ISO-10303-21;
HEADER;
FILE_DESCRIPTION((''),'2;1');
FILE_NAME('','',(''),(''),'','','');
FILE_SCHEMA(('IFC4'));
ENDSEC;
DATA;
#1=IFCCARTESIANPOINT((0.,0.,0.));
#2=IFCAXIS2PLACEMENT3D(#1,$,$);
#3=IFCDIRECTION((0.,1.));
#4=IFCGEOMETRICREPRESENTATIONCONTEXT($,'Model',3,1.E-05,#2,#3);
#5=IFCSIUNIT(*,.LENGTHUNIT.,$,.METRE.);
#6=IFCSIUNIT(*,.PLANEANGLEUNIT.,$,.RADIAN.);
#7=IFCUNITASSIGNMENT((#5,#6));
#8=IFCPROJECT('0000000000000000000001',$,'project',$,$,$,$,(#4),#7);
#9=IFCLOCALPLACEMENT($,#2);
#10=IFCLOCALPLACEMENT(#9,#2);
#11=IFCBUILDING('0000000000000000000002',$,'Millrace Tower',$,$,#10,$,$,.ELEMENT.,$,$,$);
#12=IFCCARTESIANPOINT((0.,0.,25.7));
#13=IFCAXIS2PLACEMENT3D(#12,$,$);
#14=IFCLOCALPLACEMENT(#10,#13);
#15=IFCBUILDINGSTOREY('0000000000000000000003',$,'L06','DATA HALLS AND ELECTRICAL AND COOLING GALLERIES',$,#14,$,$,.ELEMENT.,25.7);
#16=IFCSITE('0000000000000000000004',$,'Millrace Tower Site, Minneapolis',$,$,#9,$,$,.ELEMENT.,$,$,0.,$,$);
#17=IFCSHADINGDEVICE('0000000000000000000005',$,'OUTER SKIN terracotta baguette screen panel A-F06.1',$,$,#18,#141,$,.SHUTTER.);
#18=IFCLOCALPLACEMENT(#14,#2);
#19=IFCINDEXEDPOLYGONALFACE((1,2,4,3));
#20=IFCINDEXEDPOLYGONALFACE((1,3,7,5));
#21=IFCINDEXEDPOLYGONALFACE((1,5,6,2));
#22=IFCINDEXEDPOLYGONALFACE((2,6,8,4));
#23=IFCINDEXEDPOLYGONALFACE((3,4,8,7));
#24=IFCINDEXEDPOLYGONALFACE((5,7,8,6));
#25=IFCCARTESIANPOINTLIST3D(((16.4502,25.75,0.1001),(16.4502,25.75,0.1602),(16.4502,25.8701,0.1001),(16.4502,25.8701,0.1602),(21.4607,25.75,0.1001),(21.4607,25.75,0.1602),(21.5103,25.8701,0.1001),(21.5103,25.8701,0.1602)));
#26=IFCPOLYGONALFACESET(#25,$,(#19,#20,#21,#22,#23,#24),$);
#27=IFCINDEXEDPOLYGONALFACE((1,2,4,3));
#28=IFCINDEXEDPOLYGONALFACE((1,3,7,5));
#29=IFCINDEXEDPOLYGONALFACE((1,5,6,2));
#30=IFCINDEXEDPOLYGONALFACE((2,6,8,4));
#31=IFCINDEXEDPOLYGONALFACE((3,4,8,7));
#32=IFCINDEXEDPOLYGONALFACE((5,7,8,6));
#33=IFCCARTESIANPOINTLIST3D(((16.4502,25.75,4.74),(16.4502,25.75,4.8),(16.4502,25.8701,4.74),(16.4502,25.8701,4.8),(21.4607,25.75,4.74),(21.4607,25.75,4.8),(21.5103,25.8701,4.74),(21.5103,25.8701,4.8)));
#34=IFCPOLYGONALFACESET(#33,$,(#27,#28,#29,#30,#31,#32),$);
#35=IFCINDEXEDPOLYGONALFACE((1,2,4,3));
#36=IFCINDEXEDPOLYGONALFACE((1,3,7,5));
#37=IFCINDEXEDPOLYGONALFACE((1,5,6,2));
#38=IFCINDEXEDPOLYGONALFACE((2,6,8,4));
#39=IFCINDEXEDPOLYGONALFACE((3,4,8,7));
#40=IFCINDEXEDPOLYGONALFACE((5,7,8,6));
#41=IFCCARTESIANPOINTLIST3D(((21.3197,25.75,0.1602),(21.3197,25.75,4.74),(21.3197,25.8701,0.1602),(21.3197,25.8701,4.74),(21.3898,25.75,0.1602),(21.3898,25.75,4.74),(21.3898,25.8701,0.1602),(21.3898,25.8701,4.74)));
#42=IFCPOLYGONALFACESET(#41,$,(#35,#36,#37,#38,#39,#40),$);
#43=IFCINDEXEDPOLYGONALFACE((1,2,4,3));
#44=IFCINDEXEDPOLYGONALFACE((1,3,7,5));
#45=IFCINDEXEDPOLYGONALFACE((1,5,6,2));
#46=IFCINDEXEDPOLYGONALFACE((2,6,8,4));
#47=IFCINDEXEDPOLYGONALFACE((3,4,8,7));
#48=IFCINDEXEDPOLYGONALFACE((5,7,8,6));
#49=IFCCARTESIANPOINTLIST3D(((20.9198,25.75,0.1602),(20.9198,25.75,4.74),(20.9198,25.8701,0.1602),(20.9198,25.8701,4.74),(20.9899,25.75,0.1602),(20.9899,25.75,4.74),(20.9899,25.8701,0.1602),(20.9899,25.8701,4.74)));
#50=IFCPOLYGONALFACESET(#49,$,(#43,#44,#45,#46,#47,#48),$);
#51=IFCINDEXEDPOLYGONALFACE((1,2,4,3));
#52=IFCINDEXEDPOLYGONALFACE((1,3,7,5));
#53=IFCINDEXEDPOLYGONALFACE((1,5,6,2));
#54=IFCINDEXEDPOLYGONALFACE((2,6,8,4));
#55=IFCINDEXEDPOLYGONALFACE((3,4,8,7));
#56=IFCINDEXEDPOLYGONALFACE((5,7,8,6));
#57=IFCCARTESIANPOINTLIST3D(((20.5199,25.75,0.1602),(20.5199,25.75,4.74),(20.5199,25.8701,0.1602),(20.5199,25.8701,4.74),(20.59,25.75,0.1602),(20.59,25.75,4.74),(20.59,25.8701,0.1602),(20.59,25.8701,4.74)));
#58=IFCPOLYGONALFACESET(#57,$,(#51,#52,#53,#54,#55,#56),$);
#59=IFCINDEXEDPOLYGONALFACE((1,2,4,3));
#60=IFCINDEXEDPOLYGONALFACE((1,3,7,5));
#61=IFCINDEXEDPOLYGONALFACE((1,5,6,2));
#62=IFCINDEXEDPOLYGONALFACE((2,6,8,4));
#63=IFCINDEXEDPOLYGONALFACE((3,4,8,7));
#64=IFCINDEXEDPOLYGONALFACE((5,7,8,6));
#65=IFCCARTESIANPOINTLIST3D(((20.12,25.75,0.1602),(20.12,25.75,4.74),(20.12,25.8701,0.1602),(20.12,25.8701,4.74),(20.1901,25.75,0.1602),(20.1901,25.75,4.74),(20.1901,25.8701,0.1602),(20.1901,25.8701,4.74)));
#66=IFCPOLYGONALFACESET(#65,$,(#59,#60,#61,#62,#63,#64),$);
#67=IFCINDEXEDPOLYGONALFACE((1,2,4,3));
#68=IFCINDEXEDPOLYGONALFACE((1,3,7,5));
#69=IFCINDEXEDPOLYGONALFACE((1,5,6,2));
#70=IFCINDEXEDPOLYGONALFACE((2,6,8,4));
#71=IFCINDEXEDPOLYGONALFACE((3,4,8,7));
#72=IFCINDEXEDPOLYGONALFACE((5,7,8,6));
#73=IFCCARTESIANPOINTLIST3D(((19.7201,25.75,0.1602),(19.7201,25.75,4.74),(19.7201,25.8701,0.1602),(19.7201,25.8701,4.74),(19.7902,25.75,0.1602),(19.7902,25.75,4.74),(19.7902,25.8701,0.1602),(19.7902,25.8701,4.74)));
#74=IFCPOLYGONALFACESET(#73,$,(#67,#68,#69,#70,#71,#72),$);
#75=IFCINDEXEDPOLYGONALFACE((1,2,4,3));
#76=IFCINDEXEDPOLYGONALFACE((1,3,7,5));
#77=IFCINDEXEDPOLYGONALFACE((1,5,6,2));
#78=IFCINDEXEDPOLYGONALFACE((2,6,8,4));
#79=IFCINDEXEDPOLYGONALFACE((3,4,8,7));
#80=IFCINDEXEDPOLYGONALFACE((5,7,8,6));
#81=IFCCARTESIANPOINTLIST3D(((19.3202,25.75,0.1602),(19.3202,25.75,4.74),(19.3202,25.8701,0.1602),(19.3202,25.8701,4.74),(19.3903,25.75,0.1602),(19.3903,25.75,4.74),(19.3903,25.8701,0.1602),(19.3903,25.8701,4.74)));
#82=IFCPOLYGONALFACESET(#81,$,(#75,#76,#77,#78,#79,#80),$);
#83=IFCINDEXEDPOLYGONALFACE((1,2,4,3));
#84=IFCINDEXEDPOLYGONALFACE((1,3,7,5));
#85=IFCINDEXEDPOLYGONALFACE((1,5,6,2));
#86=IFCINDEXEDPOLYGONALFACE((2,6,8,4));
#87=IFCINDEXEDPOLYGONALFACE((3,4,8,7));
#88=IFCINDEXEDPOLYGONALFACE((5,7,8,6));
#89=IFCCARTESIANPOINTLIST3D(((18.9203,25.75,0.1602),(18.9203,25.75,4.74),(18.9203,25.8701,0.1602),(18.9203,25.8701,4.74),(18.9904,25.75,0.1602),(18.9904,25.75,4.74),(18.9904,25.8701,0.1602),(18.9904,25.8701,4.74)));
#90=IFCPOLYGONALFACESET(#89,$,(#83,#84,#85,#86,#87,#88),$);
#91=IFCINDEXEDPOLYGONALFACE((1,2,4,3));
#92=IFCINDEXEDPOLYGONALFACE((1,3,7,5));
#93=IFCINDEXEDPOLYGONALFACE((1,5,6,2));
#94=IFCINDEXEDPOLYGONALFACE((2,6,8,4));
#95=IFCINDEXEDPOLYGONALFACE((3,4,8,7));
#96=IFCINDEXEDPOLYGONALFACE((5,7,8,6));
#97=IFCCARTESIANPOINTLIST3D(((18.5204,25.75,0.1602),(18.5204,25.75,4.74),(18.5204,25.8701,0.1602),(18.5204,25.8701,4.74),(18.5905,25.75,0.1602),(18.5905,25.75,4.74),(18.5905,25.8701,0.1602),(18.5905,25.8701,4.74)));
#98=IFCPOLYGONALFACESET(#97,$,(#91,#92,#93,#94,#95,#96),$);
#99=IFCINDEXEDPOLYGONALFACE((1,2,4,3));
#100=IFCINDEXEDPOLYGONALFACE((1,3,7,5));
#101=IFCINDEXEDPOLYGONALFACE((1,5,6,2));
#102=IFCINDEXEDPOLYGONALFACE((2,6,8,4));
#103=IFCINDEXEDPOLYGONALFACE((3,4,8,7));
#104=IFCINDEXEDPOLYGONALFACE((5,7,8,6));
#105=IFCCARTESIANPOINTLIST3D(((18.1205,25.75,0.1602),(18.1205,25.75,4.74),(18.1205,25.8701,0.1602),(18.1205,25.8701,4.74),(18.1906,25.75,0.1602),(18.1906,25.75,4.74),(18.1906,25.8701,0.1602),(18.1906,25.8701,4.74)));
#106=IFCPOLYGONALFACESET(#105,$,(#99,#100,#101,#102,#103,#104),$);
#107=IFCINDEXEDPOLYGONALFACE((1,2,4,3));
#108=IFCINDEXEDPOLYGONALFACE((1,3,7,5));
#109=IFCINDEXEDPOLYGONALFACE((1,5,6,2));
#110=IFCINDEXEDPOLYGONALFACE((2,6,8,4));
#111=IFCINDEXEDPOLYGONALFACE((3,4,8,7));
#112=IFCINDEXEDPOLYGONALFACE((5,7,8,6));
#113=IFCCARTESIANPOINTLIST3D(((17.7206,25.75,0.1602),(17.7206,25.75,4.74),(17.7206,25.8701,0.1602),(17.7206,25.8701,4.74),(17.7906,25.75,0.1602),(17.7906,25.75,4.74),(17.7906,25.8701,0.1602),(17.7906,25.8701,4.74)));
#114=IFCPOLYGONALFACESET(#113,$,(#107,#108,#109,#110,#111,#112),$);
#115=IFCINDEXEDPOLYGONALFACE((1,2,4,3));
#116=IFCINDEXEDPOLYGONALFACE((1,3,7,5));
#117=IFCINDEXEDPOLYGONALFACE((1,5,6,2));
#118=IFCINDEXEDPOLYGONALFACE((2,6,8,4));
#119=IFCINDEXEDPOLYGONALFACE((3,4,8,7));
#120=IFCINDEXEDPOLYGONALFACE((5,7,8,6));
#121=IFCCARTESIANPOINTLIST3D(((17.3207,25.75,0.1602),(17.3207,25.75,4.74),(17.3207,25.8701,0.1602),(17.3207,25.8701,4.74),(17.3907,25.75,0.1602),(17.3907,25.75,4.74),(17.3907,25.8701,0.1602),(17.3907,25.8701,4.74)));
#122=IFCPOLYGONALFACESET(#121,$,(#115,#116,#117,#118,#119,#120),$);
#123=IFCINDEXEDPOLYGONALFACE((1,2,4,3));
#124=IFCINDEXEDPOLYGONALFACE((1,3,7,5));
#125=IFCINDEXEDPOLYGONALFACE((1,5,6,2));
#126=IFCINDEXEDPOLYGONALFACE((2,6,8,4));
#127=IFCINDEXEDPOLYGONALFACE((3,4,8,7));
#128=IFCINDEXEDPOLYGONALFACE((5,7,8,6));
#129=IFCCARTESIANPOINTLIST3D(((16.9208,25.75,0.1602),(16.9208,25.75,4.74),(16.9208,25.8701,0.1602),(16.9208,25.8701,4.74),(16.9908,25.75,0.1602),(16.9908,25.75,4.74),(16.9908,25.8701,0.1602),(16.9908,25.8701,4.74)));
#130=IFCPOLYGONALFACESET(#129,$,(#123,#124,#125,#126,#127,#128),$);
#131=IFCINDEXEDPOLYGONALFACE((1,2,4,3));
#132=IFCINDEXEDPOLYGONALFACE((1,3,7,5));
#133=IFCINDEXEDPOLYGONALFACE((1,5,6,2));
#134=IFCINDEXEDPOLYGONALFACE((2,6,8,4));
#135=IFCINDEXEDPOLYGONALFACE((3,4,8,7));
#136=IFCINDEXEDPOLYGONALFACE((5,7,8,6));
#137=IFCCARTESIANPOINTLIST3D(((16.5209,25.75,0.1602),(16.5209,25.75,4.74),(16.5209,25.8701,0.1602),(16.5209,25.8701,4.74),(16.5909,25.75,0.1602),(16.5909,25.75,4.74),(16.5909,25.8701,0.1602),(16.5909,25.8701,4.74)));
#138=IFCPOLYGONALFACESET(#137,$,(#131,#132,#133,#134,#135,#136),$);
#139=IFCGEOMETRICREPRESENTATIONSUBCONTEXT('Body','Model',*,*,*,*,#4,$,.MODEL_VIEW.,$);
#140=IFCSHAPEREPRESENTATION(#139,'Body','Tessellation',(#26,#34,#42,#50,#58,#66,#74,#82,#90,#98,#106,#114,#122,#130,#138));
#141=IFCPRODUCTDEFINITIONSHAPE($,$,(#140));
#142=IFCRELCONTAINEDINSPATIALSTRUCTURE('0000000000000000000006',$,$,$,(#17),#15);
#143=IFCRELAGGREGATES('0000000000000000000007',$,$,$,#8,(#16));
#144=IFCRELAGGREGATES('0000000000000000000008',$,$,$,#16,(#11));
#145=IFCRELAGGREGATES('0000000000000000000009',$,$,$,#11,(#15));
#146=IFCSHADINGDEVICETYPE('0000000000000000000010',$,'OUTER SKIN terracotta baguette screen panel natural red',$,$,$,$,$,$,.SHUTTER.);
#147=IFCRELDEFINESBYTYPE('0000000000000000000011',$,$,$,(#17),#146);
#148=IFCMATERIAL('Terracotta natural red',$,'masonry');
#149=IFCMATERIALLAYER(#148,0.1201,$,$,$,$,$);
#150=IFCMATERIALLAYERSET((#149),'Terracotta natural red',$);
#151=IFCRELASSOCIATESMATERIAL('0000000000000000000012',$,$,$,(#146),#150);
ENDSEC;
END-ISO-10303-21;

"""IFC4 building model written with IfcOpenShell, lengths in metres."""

from ifc_helpers import new_model, entity, si_unit, direction, frame, frame_2d, origin, place, context, subcontext, project, spatial, rectangle, extrude, source, transform, mapped, material, layer, layer_set, type_object, element, save


model = new_model("IFC4")

# Units and contexts
model_context = context("Model", 3, precision=1e-05, world=origin(), true_north=direction((0.0, 1.0)))
body_context = subcontext(model_context, "Body", "Model", "MODEL_VIEW")
ifc_project = project(units=[si_unit("LENGTHUNIT", "METRE"), si_unit("PLANEANGLEUNIT", "RADIAN")], contexts=[model_context])

# Site, building, storey
site_placement = place(None, origin())
site = spatial("IfcSite", under=ifc_project, at=site_placement, Name="Millrace Tower Site, Minneapolis", CompositionType="ELEMENT", RefElevation=0.0)
building_placement = place(site_placement, origin())
building = spatial("IfcBuilding", under=site, at=building_placement, Name="Millrace Tower", CompositionType="ELEMENT")
storey_placement = place(building_placement, frame((0.0, 0.0, 25.7)))
storey = spatial("IfcBuildingStorey", under=building, at=storey_placement, Name="L06", Description="DATA HALLS AND ELECTRICAL AND COOLING GALLERIES", CompositionType="ELEMENT", Elevation=25.7)

# Shading device
ifc_material_1 = material(Name="Terracotta natural red", Category="masonry")
ifc_layer_1 = layer(ifc_material_1, 0.1201)
ifc_layer_set_1 = layer_set([ifc_layer_1], Name="Terracotta natural red")
shading_device_type_1 = type_object("IfcShadingDeviceType", Name="OUTER SKIN terracotta baguette screen panel natural red", PredefinedType="SHUTTER", material=ifc_layer_set_1)
cartesian_point_1 = entity("IfcCartesianPoint", [-2.4929, 0.0601])
shared_polyline_1 = entity("IfcPolyline", [cartesian_point_1, entity("IfcCartesianPoint", [2.5176, 0.0601]), entity("IfcCartesianPoint", [2.5176, -0.0601]), entity("IfcCartesianPoint", [-2.5425, -0.0601]), cartesian_point_1])
shared_shape_1 = source(origin(), body_context, "Body", "SweptSolid", [
    entity("IfcExtrudedAreaSolid", entity("IfcArbitraryClosedProfileDef", "AREA", None, shared_polyline_1), entity("IfcAxis2Placement3D", entity("IfcCartesianPoint", [0.0, 0.0, 0.0])), entity("IfcDirection", [0.0, 0.0, 1.0]), 0.0601),
    entity("IfcExtrudedAreaSolid", entity("IfcArbitraryClosedProfileDef", "AREA", None, shared_polyline_1), entity("IfcAxis2Placement3D", entity("IfcCartesianPoint", [0.0, 0.0, 4.6399])), entity("IfcDirection", [0.0, 0.0, 1.0]), 0.0601),
    extrude(rectangle(XDim=0.0701, YDim=0.1201, at=frame_2d((-2.387, 0.0))), frame((0.0, 0.0, 0.0601)), (0.0, 0.0, 1.0), 4.5798),
    extrude(rectangle(XDim=0.0701, YDim=0.1201, at=frame_2d((-1.9871, 0.0))), frame((0.0, 0.0, 0.0601)), (0.0, 0.0, 1.0), 4.5798),
    extrude(rectangle(XDim=0.0701, YDim=0.1201, at=frame_2d((-1.5872, 0.0))), frame((0.0, 0.0, 0.0601)), (0.0, 0.0, 1.0), 4.5798),
    extrude(rectangle(XDim=0.0701, YDim=0.1201, at=frame_2d((-1.1873, 0.0))), frame((0.0, 0.0, 0.0601)), (0.0, 0.0, 1.0), 4.5798),
    extrude(rectangle(XDim=0.0701, YDim=0.1201, at=frame_2d((-0.7874, 0.0))), frame((0.0, 0.0, 0.0601)), (0.0, 0.0, 1.0), 4.5798),
    extrude(rectangle(XDim=0.0701, YDim=0.1201, at=frame_2d((-0.3875, 0.0))), frame((0.0, 0.0, 0.0601)), (0.0, 0.0, 1.0), 4.5798),
    extrude(rectangle(XDim=0.0701, YDim=0.1201, at=frame_2d((0.0125, 0.0))), frame((0.0, 0.0, 0.0601)), (0.0, 0.0, 1.0), 4.5798),
    extrude(rectangle(XDim=0.0701, YDim=0.1201, at=frame_2d((0.4124, 0.0))), frame((0.0, 0.0, 0.0601)), (0.0, 0.0, 1.0), 4.5798),
    extrude(rectangle(XDim=0.0701, YDim=0.1201, at=frame_2d((0.8123, 0.0))), frame((0.0, 0.0, 0.0601)), (0.0, 0.0, 1.0), 4.5798),
    extrude(rectangle(XDim=0.0701, YDim=0.1201, at=frame_2d((1.2122, 0.0))), frame((0.0, 0.0, 0.0601)), (0.0, 0.0, 1.0), 4.5798),
    extrude(rectangle(XDim=0.0701, YDim=0.1201, at=frame_2d((1.6121, 0.0))), frame((0.0, 0.0, 0.0601)), (0.0, 0.0, 1.0), 4.5798),
    extrude(rectangle(XDim=0.0701, YDim=0.1201, at=frame_2d((2.012, 0.0))), frame((0.0, 0.0, 0.0601)), (0.0, 0.0, 1.0), 4.5798),
    extrude(rectangle(XDim=0.0701, YDim=0.1201, at=frame_2d((2.4119, 0.0))), frame((0.0, 0.0, 0.0601)), (0.0, 0.0, 1.0), 4.5798),
])
shading_device_1_placement = place(storey_placement, frame((18.9678, 25.8101, 0.1001), z_axis=(0.0, 0.0, 1.0), x_axis=(-1.0, 0.0, 0.0)))
element("IfcShadingDevice", 1, at=shading_device_1_placement, inside=storey, type_object=shading_device_type_1, Name="OUTER SKIN terracotta baguette screen panel A-F06.1", PredefinedType="SHUTTER", context=body_context, shape_type="MappedRepresentation", body=[
    mapped(shared_shape_1, transform((0.0, 0.0, 0.0), scale=1.0)),
])

save(model, "model.ifc")
